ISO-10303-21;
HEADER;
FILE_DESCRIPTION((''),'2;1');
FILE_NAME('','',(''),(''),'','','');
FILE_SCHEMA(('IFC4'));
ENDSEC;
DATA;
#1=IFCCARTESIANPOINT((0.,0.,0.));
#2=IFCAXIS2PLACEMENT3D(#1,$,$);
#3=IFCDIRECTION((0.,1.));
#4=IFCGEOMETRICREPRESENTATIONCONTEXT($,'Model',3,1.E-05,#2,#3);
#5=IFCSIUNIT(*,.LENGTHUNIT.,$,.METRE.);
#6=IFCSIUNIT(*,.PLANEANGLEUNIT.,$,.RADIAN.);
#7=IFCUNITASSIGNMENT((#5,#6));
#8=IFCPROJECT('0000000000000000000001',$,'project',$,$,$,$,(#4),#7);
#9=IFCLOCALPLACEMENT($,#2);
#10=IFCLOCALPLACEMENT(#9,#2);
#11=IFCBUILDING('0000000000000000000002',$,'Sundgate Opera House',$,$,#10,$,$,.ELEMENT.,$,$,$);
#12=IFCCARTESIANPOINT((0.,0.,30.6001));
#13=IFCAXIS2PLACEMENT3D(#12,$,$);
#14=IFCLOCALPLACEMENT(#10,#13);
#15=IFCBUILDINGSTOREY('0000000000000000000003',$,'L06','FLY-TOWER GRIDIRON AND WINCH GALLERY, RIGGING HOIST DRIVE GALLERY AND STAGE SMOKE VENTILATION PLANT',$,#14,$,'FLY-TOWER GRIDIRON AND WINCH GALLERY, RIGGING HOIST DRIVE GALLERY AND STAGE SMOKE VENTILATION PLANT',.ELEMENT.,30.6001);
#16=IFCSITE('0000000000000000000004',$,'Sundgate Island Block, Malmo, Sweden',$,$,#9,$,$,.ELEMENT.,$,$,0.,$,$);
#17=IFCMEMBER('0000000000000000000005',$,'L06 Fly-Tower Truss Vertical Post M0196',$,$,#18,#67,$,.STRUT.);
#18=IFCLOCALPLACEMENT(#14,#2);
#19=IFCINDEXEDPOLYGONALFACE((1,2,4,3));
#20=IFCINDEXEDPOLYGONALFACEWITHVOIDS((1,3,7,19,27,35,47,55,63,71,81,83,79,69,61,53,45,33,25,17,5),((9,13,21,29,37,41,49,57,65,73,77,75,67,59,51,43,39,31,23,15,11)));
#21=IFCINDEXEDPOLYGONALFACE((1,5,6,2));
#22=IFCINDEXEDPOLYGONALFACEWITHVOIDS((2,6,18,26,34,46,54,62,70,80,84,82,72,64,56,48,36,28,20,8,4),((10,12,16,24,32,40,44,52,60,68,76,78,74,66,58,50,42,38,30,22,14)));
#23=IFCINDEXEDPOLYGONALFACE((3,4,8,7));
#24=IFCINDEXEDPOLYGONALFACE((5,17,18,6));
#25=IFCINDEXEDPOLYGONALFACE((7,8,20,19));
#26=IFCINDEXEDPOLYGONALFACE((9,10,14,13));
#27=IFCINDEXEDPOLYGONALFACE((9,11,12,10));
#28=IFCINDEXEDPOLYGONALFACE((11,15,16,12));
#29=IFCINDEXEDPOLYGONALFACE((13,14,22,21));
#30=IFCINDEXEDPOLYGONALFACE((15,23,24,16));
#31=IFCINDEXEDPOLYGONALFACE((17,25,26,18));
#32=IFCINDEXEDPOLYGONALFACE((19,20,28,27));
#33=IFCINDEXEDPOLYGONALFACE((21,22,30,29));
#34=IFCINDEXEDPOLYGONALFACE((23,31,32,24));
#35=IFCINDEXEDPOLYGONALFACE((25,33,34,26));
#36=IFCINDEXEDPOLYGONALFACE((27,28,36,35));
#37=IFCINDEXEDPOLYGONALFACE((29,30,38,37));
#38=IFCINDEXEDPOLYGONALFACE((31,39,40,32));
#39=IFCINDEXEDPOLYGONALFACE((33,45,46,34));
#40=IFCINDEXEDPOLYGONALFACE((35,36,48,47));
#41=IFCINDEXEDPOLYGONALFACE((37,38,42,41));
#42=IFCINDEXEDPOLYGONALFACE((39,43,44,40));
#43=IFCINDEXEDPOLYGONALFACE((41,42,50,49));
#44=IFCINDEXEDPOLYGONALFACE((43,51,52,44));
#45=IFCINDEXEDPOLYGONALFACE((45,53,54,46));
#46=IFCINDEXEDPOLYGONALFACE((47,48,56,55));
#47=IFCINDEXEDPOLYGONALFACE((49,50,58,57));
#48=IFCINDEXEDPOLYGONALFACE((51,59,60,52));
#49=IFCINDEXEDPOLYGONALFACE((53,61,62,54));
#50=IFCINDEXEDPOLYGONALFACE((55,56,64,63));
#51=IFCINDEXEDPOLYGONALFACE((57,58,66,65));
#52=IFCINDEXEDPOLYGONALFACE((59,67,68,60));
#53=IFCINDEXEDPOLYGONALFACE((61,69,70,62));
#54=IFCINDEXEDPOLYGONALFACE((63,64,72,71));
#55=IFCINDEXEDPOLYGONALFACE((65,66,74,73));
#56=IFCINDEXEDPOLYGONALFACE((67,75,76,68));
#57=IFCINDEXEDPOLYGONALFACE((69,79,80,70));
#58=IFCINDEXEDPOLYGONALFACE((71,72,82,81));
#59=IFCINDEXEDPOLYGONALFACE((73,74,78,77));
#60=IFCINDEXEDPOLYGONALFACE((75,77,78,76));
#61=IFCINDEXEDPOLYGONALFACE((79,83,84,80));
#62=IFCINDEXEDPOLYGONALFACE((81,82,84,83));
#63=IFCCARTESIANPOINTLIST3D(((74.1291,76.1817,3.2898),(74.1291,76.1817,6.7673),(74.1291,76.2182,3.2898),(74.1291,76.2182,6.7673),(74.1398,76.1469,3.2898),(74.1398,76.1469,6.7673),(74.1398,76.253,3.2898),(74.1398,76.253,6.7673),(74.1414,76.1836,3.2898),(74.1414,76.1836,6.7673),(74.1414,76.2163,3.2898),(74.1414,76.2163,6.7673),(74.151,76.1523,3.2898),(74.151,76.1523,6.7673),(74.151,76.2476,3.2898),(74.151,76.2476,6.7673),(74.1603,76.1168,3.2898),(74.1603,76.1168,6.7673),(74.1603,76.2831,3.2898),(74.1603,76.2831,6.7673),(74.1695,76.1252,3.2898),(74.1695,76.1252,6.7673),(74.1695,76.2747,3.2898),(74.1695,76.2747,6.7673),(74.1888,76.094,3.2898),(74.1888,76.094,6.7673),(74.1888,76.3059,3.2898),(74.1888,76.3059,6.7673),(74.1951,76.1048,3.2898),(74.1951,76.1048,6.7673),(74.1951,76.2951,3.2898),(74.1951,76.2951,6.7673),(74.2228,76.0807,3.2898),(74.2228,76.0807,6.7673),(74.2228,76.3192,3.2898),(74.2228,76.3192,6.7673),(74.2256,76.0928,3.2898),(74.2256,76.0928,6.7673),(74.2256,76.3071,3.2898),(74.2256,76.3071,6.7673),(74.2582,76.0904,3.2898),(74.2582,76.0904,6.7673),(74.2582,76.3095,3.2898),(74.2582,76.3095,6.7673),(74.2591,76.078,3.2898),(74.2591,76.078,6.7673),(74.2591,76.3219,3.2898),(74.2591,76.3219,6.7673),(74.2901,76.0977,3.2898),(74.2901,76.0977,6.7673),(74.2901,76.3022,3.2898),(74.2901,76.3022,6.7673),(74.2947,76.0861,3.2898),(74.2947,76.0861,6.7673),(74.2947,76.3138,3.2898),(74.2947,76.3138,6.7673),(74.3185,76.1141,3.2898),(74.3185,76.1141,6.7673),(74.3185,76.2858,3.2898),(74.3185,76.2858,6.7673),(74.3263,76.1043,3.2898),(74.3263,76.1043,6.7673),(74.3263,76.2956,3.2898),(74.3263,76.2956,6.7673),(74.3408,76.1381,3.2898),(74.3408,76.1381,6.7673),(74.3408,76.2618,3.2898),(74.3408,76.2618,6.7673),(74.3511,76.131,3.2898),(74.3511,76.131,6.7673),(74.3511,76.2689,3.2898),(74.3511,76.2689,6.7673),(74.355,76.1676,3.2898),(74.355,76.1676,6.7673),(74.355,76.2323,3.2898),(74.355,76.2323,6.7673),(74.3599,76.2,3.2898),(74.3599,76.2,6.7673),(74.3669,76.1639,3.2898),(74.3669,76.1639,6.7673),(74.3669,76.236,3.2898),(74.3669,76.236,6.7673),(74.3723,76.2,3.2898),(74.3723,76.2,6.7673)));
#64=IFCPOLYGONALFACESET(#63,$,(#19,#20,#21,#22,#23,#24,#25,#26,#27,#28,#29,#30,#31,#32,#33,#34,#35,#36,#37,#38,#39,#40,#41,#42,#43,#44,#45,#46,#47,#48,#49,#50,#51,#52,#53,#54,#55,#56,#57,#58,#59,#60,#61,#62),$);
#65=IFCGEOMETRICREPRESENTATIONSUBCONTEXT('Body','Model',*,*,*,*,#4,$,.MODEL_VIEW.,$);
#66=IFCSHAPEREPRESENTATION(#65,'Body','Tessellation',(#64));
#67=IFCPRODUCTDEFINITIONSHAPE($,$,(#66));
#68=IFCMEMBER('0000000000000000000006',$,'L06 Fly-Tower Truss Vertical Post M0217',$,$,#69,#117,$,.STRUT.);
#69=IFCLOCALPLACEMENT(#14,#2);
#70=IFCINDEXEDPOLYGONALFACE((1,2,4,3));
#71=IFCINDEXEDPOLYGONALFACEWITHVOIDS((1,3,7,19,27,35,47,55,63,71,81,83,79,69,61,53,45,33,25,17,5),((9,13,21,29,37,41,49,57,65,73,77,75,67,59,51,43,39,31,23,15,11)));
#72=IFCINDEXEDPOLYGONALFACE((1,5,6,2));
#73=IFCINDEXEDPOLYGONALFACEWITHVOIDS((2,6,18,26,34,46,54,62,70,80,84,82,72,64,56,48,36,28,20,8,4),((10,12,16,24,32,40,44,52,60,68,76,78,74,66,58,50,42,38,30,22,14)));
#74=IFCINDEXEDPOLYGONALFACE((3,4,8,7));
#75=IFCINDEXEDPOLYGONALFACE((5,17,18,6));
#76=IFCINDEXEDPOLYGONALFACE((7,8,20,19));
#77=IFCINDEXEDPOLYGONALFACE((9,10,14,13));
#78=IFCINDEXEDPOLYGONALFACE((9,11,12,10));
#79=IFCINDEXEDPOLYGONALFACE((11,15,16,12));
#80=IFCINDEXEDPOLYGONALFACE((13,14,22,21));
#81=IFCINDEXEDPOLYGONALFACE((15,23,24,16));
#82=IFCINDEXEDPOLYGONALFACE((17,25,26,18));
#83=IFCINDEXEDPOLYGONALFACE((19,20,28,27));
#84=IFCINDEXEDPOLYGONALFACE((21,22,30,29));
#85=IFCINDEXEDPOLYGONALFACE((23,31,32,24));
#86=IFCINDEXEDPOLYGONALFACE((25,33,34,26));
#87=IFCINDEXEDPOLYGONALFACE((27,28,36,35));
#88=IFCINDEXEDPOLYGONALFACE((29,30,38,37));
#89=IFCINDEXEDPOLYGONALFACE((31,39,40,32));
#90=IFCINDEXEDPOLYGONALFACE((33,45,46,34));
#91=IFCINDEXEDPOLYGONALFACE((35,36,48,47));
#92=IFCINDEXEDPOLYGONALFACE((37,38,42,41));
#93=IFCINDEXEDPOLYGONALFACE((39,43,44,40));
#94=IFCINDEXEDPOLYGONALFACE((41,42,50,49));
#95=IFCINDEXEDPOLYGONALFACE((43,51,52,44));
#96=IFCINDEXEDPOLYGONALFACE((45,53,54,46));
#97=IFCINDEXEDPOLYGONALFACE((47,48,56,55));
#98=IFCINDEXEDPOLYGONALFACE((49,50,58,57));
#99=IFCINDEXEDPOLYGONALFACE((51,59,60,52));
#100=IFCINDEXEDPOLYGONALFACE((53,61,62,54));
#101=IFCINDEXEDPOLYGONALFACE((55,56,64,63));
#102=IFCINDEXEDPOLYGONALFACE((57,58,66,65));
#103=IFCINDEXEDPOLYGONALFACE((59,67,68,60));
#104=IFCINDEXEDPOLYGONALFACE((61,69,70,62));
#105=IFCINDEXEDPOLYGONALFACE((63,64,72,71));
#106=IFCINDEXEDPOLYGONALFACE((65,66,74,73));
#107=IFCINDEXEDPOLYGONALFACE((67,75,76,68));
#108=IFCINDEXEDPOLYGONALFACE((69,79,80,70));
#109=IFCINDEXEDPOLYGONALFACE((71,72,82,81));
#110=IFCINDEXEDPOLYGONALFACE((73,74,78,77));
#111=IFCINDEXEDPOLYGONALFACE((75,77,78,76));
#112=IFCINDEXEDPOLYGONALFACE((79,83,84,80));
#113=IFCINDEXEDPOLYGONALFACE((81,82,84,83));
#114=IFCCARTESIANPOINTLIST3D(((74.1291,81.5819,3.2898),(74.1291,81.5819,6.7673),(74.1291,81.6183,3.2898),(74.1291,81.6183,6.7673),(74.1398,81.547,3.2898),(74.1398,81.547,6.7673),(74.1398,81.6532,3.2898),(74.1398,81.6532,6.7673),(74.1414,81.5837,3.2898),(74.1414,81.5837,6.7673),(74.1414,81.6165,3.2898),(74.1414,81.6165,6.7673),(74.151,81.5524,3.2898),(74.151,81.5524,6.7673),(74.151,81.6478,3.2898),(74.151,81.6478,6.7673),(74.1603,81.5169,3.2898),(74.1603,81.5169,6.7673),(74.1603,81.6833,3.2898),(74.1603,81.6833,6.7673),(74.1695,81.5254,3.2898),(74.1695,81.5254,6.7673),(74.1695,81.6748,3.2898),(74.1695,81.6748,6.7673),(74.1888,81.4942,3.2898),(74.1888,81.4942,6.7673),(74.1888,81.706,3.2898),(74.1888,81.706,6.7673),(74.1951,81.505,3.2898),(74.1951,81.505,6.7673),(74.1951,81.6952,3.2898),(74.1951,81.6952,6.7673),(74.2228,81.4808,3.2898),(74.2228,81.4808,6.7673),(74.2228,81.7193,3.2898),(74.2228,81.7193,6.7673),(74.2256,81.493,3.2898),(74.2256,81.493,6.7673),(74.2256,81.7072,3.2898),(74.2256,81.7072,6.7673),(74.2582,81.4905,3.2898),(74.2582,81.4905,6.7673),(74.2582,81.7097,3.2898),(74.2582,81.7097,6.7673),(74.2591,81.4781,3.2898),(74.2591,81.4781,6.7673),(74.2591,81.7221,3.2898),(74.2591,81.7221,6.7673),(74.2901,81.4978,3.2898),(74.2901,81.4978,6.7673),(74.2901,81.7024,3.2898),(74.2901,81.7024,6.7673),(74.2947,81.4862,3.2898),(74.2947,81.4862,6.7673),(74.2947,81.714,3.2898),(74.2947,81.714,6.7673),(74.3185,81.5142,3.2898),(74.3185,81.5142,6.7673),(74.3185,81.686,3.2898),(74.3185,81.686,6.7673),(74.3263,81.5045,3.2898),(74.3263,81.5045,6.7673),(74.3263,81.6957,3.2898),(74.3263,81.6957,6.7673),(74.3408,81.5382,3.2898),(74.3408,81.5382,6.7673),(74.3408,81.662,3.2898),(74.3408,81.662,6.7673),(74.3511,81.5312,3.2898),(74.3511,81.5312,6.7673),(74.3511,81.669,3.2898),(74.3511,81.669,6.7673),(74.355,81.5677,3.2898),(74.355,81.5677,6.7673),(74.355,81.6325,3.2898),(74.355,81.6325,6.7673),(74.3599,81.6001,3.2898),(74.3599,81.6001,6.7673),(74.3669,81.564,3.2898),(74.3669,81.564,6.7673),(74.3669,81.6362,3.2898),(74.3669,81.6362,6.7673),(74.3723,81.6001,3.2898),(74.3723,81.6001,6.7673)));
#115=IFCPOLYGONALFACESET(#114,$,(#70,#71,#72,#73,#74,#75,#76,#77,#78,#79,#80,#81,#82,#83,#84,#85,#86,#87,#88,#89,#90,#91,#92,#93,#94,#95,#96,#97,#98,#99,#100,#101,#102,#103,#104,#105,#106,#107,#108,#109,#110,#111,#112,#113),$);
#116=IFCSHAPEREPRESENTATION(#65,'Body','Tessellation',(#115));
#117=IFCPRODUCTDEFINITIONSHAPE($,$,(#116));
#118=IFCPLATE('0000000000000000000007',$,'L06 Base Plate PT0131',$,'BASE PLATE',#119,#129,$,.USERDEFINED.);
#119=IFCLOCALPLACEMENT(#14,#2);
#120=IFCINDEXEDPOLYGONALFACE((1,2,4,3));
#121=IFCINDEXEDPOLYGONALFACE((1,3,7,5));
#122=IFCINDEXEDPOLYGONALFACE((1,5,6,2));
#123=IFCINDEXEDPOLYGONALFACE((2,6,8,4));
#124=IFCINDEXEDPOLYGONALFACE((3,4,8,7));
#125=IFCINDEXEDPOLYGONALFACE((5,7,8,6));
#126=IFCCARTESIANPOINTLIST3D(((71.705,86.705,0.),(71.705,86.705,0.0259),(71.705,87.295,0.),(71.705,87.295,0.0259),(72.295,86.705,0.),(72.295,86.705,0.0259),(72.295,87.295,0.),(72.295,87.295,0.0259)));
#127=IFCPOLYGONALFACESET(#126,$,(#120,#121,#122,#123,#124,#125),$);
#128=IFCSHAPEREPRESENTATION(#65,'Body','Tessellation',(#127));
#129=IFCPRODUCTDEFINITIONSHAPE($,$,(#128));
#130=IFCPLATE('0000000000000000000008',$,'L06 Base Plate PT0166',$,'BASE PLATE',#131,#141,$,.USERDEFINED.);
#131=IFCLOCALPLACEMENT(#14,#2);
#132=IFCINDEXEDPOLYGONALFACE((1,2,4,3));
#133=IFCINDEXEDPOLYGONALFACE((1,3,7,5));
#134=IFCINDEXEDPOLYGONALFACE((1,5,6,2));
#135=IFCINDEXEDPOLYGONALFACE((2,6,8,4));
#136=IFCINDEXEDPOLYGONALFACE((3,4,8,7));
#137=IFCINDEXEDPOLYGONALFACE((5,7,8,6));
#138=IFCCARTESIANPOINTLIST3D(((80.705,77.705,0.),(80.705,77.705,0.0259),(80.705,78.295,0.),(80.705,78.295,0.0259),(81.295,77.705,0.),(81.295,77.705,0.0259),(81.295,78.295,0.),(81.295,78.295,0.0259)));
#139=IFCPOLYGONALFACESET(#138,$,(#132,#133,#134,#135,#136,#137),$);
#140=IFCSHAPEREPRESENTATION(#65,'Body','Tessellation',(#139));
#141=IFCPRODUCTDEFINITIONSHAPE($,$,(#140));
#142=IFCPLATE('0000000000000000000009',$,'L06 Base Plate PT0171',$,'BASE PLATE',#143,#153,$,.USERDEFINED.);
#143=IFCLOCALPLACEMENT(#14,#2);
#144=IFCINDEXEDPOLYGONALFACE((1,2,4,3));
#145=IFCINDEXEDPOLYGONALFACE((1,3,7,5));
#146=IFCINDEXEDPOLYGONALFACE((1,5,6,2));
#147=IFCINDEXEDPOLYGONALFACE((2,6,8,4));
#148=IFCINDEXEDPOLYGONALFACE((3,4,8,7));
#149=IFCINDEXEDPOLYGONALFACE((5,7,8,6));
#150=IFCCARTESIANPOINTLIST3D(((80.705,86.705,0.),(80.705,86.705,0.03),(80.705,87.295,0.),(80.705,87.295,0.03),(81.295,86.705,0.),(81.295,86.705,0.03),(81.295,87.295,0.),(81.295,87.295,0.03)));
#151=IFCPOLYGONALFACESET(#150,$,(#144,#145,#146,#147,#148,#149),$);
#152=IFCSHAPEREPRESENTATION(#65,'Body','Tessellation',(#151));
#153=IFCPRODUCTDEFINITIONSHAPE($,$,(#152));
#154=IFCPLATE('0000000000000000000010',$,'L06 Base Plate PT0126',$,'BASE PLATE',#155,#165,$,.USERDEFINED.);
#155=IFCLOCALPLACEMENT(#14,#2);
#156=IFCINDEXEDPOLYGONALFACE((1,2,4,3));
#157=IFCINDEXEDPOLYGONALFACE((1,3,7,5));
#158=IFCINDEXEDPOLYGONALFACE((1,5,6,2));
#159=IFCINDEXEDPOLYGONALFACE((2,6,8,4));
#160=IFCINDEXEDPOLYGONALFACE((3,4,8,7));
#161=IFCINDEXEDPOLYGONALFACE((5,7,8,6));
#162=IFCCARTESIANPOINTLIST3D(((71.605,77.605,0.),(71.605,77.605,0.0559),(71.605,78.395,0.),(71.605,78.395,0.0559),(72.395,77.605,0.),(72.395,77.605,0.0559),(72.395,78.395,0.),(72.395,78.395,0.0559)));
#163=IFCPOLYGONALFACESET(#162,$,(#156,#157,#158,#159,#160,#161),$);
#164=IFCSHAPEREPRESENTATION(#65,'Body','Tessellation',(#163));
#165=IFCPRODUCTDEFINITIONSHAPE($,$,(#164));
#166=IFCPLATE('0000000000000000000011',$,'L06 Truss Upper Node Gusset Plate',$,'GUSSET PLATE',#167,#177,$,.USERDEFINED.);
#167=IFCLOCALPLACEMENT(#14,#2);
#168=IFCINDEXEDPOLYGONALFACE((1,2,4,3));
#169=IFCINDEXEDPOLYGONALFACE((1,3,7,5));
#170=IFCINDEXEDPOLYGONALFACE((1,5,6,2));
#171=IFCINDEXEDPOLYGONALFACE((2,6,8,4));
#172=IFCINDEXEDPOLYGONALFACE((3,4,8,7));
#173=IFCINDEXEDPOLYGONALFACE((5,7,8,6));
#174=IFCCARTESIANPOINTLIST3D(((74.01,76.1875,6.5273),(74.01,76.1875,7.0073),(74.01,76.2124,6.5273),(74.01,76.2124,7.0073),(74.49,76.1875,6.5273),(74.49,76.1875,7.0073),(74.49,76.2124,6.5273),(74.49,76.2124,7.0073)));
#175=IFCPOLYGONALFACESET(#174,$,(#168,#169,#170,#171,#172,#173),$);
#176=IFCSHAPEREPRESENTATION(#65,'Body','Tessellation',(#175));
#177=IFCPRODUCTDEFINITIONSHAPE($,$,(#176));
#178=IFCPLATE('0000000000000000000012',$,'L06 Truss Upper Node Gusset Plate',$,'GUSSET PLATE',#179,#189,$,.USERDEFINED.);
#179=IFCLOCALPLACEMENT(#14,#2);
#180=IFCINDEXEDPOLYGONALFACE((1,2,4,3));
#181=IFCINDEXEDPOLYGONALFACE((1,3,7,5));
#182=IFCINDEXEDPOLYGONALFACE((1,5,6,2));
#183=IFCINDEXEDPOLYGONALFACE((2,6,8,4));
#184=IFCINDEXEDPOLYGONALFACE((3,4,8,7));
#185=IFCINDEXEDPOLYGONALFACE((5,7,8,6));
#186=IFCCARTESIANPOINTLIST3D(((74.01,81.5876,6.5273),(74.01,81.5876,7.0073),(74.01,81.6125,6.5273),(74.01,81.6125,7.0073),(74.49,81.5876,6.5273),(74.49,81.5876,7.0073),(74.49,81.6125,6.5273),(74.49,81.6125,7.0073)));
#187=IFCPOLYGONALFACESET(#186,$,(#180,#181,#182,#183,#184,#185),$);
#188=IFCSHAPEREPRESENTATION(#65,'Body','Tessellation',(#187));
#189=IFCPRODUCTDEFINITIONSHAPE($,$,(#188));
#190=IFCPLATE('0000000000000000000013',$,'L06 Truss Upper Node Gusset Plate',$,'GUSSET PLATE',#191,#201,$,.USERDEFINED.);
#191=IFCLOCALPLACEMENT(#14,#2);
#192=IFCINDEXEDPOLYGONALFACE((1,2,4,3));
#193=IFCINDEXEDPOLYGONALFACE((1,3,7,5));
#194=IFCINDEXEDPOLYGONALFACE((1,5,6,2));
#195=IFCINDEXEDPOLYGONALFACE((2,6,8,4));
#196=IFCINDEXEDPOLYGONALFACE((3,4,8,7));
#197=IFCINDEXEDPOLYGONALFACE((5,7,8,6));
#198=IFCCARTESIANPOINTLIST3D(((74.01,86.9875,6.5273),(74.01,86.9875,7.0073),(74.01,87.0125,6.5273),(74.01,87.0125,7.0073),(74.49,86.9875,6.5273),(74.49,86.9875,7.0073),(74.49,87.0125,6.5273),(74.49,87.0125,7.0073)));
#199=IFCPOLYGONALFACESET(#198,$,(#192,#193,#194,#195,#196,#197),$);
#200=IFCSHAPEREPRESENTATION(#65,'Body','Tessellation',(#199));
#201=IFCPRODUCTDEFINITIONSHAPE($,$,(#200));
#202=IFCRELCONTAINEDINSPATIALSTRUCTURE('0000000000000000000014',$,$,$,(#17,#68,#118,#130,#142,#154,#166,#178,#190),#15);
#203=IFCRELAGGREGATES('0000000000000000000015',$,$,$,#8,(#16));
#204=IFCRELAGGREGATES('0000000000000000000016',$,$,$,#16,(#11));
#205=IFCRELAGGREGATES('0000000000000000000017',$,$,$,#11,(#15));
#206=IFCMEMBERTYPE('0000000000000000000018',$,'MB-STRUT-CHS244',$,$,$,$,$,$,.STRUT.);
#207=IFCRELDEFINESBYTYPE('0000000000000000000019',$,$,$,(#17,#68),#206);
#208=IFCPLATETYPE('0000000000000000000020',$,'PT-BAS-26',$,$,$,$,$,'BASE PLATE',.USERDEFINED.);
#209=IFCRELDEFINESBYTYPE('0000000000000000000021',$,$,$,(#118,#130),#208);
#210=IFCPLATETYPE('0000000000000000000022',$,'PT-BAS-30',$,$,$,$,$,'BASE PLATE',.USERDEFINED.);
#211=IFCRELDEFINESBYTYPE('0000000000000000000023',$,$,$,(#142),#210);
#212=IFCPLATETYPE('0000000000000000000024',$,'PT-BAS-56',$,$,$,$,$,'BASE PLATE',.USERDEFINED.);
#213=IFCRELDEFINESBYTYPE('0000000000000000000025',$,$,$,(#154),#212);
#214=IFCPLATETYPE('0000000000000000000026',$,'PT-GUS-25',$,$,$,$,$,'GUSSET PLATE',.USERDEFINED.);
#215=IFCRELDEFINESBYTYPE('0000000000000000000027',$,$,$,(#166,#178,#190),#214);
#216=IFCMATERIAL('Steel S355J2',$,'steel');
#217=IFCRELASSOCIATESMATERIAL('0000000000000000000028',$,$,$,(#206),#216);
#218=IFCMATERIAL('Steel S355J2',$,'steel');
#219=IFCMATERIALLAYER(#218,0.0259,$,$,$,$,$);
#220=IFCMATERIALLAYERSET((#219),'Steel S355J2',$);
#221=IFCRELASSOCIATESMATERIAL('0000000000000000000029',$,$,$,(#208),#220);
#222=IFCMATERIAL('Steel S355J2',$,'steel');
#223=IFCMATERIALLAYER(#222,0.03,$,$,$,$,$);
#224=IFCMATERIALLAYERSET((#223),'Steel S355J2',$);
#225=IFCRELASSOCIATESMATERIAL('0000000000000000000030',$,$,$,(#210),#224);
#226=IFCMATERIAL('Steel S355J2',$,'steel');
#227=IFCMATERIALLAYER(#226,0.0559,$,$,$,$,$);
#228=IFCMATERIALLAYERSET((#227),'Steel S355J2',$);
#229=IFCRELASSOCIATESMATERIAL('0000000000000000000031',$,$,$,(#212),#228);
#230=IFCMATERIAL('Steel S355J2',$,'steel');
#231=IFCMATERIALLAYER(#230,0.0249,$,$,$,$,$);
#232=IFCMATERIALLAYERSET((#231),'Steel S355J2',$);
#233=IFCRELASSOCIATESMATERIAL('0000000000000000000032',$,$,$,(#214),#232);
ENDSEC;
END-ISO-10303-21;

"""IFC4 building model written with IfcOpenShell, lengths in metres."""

from ifc_helpers import new_model, si_unit, direction, frame, origin, origin_2d, place, context, subcontext, project, spatial, rectangle, hollow_circle, extrude, material, layer, layer_set, material_profile, profile_set, type_object, element, save


model = new_model("IFC4")

# Units and contexts
model_context = context("Model", 3, precision=1e-05, world=origin(), true_north=direction((0.0, 1.0)))
body_context = subcontext(model_context, "Body", "Model", "MODEL_VIEW")
ifc_project = project(units=[si_unit("LENGTHUNIT", "METRE"), si_unit("PLANEANGLEUNIT", "RADIAN")], contexts=[model_context])

# Site, building, storey
site_placement = place(None, origin())
site = spatial("IfcSite", under=ifc_project, at=site_placement, Name="Sundgate Island Block, Malmo, Sweden", CompositionType="ELEMENT", RefElevation=0.0)
building_placement = place(site_placement, origin())
building = spatial("IfcBuilding", under=site, at=building_placement, Name="Sundgate Opera House", CompositionType="ELEMENT")
storey_placement = place(building_placement, frame((0.0, 0.0, 30.6001)))
storey = spatial("IfcBuildingStorey", under=building, at=storey_placement, Name="L06", Description="FLY-TOWER GRIDIRON AND WINCH GALLERY, RIGGING HOIST DRIVE GALLERY AND STAGE SMOKE VENTILATION PLANT", LongName="FLY-TOWER GRIDIRON AND WINCH GALLERY, RIGGING HOIST DRIVE GALLERY AND STAGE SMOKE VENTILATION PLANT", CompositionType="ELEMENT", Elevation=30.6001)

# Members
ifc_material_1 = material(Name="Steel S355J2", Category="steel")
ifc_material_profile_1 = material_profile(ifc_material_1, hollow_circle(Radius=0.1223, WallThickness=0.0125, at=origin_2d()), Name="CHS 244.5x12.5")
ifc_profile_set_1 = profile_set([ifc_material_profile_1], Name="Steel S355J2")
member_type_1 = type_object("IfcMemberType", Name="MB-STRUT-CHS244", PredefinedType="STRUT", material=ifc_profile_set_1)
for number, where, z_axis, x_axis, name in (
    (1, (74.25, 76.2, 3.2898), (0.0, 0.0, 1.0), (1.0, 0.0, 0.0), "L06 Fly-Tower Truss Vertical Post M0196"),
    (2, (74.25, 81.6001, 3.2898), (0.0, 0.0, 1.0), (1.0, 0.0, 0.0), "L06 Fly-Tower Truss Vertical Post M0217"),
):
    element("IfcMember", number, at=place(storey_placement, frame(where, z_axis=z_axis, x_axis=x_axis)), inside=storey, type_object=member_type_1, Name=name, PredefinedType="STRUT", context=body_context, shape_type="SweptSolid", body=[
        extrude(hollow_circle(Radius=0.1223, WallThickness=0.0125, at=origin_2d()), origin(), (0.0, 0.0, 1.0), 3.4775),
    ])

# Plates
ifc_material_2 = material(Name="Steel S355J2", Category="steel")
ifc_layer_1 = layer(ifc_material_2, 0.0259)
ifc_layer_set_1 = layer_set([ifc_layer_1], Name="Steel S355J2")
plate_type_1 = type_object("IfcPlateType", Name="PT-BAS-26", ElementType="BASE PLATE", PredefinedType="USERDEFINED", material=ifc_layer_set_1)
for number, where, z_axis, x_axis, name in (
    (3, (72.0, 87.0, 0.0), (0.0, 0.0, 1.0), (1.0, 0.0, 0.0), "L06 Base Plate PT0131"),
    (4, (81.0, 78.0, 0.0), (0.0, 0.0, 1.0), (1.0, 0.0, 0.0), "L06 Base Plate PT0166"),
):
    element("IfcPlate", number, at=place(storey_placement, frame(where, z_axis=z_axis, x_axis=x_axis)), inside=storey, type_object=plate_type_1, Name=name, ObjectType="BASE PLATE", PredefinedType="USERDEFINED", context=body_context, shape_type="SweptSolid", body=[
        extrude(rectangle(XDim=0.5901, YDim=0.5901, at=origin_2d()), origin(), (0.0, 0.0, 1.0), 0.0259),
    ])
ifc_material_3 = material(Name="Steel S355J2", Category="steel")
ifc_layer_2 = layer(ifc_material_3, 0.03)
ifc_layer_set_2 = layer_set([ifc_layer_2], Name="Steel S355J2")
plate_type_2 = type_object("IfcPlateType", Name="PT-BAS-30", ElementType="BASE PLATE", PredefinedType="USERDEFINED", material=ifc_layer_set_2)
plate_1_placement = place(storey_placement, frame((81.0, 87.0, 0.0), z_axis=(0.0, 0.0, 1.0), x_axis=(1.0, 0.0, 0.0)))
element("IfcPlate", 5, at=plate_1_placement, inside=storey, type_object=plate_type_2, Name="L06 Base Plate PT0171", ObjectType="BASE PLATE", PredefinedType="USERDEFINED", context=body_context, shape_type="SweptSolid", body=[
    extrude(rectangle(XDim=0.5901, YDim=0.5901, at=origin_2d()), origin(), (0.0, 0.0, 1.0), 0.03),
])
ifc_material_4 = material(Name="Steel S355J2", Category="steel")
ifc_layer_3 = layer(ifc_material_4, 0.0559)
ifc_layer_set_3 = layer_set([ifc_layer_3], Name="Steel S355J2")
plate_type_3 = type_object("IfcPlateType", Name="PT-BAS-56", ElementType="BASE PLATE", PredefinedType="USERDEFINED", material=ifc_layer_set_3)
plate_2_placement = place(storey_placement, frame((72.0, 78.0, 0.0), z_axis=(0.0, 0.0, 1.0), x_axis=(1.0, 0.0, 0.0)))
element("IfcPlate", 6, at=plate_2_placement, inside=storey, type_object=plate_type_3, Name="L06 Base Plate PT0126", ObjectType="BASE PLATE", PredefinedType="USERDEFINED", context=body_context, shape_type="SweptSolid", body=[
    extrude(rectangle(XDim=0.79, YDim=0.79, at=origin_2d()), origin(), (0.0, 0.0, 1.0), 0.0559),
])
ifc_material_5 = material(Name="Steel S355J2", Category="steel")
ifc_layer_4 = layer(ifc_material_5, 0.0249)
ifc_layer_set_4 = layer_set([ifc_layer_4], Name="Steel S355J2")
plate_type_4 = type_object("IfcPlateType", Name="PT-GUS-25", ElementType="GUSSET PLATE", PredefinedType="USERDEFINED", material=ifc_layer_set_4)
for number, where, z_axis, x_axis, name in (
    (7, (74.25, 76.2, 6.5273), (0.0, 0.0, 1.0), (1.0, 0.0, 0.0), "L06 Truss Upper Node Gusset Plate"),
    (8, (74.25, 81.6001, 6.5273), (0.0, 0.0, 1.0), (1.0, 0.0, 0.0), "L06 Truss Upper Node Gusset Plate"),
    (9, (74.25, 87.0, 6.5273), (0.0, 0.0, 1.0), (1.0, 0.0, 0.0), "L06 Truss Upper Node Gusset Plate"),
):
    element("IfcPlate", number, at=place(storey_placement, frame(where, z_axis=z_axis, x_axis=x_axis)), inside=storey, type_object=plate_type_4, Name=name, ObjectType="GUSSET PLATE", PredefinedType="USERDEFINED", context=body_context, shape_type="SweptSolid", body=[
        extrude(rectangle(XDim=0.48, YDim=0.0249, at=origin_2d()), origin(), (0.0, 0.0, 1.0), 0.48),
    ])

save(model, "model.ifc")
